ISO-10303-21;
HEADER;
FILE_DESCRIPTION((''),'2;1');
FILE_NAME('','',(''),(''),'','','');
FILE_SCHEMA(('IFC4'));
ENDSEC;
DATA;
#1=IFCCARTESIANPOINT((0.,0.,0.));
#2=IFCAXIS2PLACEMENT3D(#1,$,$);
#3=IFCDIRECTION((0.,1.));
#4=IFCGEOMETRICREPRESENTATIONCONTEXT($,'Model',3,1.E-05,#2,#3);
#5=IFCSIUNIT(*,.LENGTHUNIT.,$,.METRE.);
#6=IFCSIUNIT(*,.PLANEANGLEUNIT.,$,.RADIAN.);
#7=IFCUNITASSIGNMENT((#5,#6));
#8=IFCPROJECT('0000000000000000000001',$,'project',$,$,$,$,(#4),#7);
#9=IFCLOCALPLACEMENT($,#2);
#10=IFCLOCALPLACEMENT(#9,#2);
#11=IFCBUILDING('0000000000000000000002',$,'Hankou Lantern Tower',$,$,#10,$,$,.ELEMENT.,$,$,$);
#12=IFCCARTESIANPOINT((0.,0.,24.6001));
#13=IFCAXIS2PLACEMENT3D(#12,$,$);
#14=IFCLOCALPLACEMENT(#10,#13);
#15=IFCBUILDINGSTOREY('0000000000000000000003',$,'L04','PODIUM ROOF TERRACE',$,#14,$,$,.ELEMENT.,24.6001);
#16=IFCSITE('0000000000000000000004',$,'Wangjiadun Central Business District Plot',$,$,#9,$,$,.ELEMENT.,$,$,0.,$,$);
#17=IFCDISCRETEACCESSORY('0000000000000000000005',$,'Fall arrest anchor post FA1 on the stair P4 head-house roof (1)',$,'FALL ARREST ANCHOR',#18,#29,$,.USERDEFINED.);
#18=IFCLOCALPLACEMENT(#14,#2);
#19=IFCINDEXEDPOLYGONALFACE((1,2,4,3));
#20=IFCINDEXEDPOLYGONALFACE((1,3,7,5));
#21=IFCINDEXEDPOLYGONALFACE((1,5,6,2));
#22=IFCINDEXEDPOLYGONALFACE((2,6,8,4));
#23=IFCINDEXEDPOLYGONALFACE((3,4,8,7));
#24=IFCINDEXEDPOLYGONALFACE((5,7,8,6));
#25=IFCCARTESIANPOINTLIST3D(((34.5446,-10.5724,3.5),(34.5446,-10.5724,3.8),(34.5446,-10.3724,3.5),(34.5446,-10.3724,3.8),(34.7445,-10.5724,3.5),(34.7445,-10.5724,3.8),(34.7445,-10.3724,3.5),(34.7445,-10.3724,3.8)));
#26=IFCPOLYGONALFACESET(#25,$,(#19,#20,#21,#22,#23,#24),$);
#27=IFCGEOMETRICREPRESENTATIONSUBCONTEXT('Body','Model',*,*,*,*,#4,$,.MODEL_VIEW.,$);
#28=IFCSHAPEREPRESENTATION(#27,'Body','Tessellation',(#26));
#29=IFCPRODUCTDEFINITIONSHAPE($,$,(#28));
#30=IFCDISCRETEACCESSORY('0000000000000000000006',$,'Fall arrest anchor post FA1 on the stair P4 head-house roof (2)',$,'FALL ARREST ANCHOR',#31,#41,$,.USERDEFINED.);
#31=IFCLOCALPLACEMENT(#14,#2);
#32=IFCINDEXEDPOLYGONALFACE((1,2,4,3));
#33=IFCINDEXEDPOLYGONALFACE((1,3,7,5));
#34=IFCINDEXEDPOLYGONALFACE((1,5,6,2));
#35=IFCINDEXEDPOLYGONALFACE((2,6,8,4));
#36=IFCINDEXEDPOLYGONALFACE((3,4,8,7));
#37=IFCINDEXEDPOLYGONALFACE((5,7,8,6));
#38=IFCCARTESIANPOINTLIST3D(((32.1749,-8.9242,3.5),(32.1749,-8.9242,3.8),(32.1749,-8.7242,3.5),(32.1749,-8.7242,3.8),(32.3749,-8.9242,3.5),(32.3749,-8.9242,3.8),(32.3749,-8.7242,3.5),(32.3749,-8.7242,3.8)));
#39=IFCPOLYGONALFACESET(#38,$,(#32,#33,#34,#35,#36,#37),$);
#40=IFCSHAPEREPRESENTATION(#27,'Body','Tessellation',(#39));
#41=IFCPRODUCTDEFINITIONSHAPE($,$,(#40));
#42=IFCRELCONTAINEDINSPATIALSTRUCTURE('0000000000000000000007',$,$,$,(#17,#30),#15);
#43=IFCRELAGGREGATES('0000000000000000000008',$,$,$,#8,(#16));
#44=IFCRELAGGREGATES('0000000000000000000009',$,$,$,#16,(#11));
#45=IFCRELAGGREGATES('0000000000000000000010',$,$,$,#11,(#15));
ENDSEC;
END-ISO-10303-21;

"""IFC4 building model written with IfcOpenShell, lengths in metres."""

from ifc_helpers import new_model, si_unit, direction, frame, origin, origin_2d, place, context, subcontext, project, spatial, rectangle, extrude, element, save


model = new_model("IFC4")

# Units and contexts
model_context = context("Model", 3, precision=1e-05, world=origin(), true_north=direction((0.0, 1.0)))
body_context = subcontext(model_context, "Body", "Model", "MODEL_VIEW")
ifc_project = project(units=[si_unit("LENGTHUNIT", "METRE"), si_unit("PLANEANGLEUNIT", "RADIAN")], contexts=[model_context])

# Site, building, storey
site_placement = place(None, origin())
site = spatial("IfcSite", under=ifc_project, at=site_placement, Name="Wangjiadun Central Business District Plot", CompositionType="ELEMENT", RefElevation=0.0)
building_placement = place(site_placement, origin())
building = spatial("IfcBuilding", under=site, at=building_placement, Name="Hankou Lantern Tower", CompositionType="ELEMENT")
storey_placement = place(building_placement, frame((0.0, 0.0, 24.6001)))
storey = spatial("IfcBuildingStorey", under=building, at=storey_placement, Name="L04", Description="PODIUM ROOF TERRACE", CompositionType="ELEMENT", Elevation=24.6001)

# Discrete accessories
for number, where, z_axis, x_axis, name in (
    (1, (34.6445, -10.4724, 3.5), (0.0, 0.0, 1.0), (1.0, 0.0, 0.0), "Fall arrest anchor post FA1 on the stair P4 head-house roof (1)"),
    (2, (32.2749, -8.8242, 3.5), (0.0, 0.0, 1.0), (1.0, 0.0, 0.0), "Fall arrest anchor post FA1 on the stair P4 head-house roof (2)"),
):
    element("IfcDiscreteAccessory", number, at=place(storey_placement, frame(where, z_axis=z_axis, x_axis=x_axis)), inside=storey, Name=name, ObjectType="FALL ARREST ANCHOR", PredefinedType="USERDEFINED", context=body_context, shape_type="SweptSolid", body=[
        extrude(rectangle(XDim=0.2, YDim=0.2, at=origin_2d()), origin(), (0.0, 0.0, 1.0), 0.3),
    ])

save(model, "model.ifc")
